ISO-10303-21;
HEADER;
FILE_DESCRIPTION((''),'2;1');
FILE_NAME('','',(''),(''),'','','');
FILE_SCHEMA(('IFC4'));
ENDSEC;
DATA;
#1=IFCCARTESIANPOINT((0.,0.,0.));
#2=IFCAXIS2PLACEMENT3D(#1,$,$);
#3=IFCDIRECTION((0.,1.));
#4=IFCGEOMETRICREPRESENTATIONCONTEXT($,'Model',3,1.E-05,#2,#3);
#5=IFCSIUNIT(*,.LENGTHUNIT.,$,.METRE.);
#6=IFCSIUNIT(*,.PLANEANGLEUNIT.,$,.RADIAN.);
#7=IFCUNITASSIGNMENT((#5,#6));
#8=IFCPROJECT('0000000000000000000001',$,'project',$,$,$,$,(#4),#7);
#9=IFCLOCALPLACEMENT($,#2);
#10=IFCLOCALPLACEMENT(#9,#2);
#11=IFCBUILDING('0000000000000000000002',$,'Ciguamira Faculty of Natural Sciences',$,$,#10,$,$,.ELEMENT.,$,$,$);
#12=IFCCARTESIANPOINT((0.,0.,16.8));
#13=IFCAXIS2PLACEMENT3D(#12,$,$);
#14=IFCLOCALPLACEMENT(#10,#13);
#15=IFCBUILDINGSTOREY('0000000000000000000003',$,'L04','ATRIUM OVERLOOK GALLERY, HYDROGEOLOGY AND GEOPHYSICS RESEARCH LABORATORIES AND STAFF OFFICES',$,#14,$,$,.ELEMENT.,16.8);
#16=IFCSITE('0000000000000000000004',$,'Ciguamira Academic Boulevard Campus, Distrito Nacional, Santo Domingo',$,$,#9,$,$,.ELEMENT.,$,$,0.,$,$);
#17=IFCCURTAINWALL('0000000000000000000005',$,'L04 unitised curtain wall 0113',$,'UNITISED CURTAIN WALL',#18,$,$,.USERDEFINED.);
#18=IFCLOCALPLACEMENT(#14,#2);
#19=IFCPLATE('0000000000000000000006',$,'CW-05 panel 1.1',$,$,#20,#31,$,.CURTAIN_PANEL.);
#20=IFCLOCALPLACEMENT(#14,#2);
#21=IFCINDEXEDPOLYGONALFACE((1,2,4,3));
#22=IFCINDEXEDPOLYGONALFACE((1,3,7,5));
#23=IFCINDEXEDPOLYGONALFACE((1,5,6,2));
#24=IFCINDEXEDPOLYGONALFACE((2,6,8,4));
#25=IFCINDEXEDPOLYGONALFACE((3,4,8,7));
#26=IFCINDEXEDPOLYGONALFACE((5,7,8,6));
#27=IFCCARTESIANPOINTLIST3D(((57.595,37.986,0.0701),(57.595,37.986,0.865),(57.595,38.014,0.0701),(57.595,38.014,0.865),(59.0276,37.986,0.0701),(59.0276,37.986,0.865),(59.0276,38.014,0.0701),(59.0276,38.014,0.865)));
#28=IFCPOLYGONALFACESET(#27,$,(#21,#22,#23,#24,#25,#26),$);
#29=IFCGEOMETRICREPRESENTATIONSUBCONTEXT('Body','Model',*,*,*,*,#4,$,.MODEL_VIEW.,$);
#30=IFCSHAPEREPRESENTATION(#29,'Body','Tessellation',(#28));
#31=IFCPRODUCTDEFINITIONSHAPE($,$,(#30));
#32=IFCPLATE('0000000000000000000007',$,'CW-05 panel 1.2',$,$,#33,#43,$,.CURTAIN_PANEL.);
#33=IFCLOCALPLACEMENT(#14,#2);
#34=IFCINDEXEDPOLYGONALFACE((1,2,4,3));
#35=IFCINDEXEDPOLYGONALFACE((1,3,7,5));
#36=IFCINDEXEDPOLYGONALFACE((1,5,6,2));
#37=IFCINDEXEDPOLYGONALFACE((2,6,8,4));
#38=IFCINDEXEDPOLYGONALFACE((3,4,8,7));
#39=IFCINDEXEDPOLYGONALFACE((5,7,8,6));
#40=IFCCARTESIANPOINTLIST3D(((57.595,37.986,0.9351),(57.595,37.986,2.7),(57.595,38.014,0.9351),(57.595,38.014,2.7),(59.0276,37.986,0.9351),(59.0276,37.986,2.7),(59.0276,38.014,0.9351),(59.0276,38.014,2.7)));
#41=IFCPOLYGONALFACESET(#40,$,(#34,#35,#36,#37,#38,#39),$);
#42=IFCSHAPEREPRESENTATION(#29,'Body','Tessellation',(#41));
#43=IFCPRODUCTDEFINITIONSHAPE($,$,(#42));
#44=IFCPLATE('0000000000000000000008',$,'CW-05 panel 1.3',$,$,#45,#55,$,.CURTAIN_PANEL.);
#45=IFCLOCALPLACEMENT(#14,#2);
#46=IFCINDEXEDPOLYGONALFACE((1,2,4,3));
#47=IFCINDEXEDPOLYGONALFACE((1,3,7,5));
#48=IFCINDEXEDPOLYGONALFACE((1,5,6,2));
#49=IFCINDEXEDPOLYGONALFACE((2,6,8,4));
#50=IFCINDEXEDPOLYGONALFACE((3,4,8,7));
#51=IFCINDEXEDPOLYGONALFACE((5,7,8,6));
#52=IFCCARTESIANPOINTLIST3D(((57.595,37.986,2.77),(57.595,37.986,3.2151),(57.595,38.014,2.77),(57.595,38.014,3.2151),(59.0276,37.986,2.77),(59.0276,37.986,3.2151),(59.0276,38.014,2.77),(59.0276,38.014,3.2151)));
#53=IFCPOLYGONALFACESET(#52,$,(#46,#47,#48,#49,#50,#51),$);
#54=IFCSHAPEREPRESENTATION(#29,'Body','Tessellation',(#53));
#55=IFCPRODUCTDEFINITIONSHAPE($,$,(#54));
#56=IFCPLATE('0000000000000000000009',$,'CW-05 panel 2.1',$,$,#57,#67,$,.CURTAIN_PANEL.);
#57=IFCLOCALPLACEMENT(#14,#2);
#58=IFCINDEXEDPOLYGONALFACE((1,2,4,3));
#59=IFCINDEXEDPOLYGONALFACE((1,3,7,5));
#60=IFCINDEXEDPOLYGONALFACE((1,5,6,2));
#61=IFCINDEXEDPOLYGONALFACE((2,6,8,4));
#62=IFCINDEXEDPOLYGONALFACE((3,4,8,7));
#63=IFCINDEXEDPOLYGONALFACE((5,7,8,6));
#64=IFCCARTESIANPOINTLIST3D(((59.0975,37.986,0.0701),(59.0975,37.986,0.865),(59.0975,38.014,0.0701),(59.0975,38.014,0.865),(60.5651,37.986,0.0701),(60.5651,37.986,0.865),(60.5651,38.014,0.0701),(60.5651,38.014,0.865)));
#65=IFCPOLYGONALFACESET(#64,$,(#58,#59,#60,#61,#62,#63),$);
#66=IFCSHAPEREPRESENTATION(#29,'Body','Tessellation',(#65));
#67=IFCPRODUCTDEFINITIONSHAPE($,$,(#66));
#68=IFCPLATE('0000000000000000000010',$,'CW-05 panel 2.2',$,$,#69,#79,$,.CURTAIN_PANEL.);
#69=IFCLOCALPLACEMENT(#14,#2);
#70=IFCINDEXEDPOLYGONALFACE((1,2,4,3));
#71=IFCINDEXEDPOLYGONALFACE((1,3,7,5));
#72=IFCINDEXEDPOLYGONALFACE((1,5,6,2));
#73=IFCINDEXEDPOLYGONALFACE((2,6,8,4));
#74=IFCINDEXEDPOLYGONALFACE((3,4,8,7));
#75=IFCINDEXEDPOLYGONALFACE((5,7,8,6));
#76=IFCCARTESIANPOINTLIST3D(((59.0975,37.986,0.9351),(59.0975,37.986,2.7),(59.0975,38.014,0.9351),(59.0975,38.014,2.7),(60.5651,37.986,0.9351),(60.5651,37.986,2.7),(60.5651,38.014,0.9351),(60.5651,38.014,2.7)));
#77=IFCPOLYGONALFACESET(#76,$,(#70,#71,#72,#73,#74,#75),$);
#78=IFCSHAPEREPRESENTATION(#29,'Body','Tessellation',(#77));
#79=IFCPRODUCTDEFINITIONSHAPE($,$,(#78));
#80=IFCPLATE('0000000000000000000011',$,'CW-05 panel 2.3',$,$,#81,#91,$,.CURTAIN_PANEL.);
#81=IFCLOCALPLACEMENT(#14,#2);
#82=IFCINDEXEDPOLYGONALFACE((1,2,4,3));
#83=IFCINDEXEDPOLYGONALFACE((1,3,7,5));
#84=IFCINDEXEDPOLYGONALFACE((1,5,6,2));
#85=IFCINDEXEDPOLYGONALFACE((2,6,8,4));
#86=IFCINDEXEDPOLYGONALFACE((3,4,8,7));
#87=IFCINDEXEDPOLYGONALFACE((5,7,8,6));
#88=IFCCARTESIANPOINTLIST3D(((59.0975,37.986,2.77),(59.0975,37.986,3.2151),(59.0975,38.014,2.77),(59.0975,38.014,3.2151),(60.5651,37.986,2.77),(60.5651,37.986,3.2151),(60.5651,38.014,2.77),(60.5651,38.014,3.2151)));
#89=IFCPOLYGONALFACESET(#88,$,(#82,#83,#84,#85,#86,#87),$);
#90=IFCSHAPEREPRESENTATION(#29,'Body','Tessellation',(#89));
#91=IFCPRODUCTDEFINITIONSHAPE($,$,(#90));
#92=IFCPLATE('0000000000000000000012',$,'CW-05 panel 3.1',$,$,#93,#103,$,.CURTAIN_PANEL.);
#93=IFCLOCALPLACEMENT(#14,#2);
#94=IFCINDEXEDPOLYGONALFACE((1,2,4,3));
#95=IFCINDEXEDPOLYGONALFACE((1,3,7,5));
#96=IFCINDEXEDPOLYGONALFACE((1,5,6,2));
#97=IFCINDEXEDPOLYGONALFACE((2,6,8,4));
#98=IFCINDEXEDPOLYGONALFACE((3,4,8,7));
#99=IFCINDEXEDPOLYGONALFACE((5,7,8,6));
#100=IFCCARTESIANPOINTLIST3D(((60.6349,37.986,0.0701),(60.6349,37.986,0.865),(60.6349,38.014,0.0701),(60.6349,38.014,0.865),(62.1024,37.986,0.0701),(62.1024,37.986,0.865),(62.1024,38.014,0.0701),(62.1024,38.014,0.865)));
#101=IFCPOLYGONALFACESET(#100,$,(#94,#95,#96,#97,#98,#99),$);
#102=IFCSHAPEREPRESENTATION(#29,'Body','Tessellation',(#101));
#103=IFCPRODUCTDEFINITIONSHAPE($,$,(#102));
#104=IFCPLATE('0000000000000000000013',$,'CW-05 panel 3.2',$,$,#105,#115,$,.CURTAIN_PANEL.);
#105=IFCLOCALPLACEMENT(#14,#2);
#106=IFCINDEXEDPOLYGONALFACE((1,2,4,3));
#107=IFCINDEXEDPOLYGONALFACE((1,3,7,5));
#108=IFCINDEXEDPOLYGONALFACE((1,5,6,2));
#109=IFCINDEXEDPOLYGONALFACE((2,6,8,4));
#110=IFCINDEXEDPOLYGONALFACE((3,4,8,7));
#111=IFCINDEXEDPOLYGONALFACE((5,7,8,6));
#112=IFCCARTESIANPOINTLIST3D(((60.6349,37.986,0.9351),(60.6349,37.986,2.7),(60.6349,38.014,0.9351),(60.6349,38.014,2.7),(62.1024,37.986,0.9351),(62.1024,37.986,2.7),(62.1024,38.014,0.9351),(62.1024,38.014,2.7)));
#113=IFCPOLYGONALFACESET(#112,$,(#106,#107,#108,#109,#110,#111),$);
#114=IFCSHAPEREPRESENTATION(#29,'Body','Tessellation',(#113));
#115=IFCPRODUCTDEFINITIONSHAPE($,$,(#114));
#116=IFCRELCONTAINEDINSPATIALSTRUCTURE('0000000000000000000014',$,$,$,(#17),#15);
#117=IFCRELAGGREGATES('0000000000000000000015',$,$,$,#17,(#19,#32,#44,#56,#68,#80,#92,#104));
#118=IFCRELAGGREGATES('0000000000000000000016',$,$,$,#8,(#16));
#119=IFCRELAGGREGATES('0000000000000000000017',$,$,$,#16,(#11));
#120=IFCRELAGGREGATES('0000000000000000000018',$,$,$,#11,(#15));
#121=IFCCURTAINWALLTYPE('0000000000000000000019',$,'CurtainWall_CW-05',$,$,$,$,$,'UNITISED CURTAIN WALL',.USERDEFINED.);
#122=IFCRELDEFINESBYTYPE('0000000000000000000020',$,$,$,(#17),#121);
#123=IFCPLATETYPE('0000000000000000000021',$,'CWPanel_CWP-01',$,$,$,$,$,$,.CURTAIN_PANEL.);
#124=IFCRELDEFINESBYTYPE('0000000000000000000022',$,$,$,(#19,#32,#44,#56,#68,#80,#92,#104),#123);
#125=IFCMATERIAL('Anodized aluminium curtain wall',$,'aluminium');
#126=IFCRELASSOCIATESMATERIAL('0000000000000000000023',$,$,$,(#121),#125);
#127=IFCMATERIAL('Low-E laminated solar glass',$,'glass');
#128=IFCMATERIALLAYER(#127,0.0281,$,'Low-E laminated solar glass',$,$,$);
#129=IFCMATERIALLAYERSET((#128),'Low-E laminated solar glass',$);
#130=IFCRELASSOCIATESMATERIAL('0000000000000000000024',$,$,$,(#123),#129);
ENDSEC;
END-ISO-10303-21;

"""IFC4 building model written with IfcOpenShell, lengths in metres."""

from ifc_helpers import new_model, si_unit, direction, frame, origin, origin_2d, place, context, subcontext, project, spatial, rectangle, extrude, material, layer, layer_set, type_object, element, aggregate, save


model = new_model("IFC4")

# Units and contexts
model_context = context("Model", 3, precision=1e-05, world=origin(), true_north=direction((0.0, 1.0)))
body_context = subcontext(model_context, "Body", "Model", "MODEL_VIEW")
ifc_project = project(units=[si_unit("LENGTHUNIT", "METRE"), si_unit("PLANEANGLEUNIT", "RADIAN")], contexts=[model_context])

# Site, building, storey
site_placement = place(None, origin())
site = spatial("IfcSite", under=ifc_project, at=site_placement, Name="Ciguamira Academic Boulevard Campus, Distrito Nacional, Santo Domingo", CompositionType="ELEMENT", RefElevation=0.0)
building_placement = place(site_placement, origin())
building = spatial("IfcBuilding", under=site, at=building_placement, Name="Ciguamira Faculty of Natural Sciences", CompositionType="ELEMENT")
storey_placement = place(building_placement, frame((0.0, 0.0, 16.8)))
storey = spatial("IfcBuildingStorey", under=building, at=storey_placement, Name="L04", Description="ATRIUM OVERLOOK GALLERY, HYDROGEOLOGY AND GEOPHYSICS RESEARCH LABORATORIES AND STAFF OFFICES", CompositionType="ELEMENT", Elevation=16.8)

# Curtain wall, plates
ifc_material_1 = material(Name="Anodized aluminium curtain wall", Category="aluminium")
curtain_wall_type = type_object("IfcCurtainWallType", Name="CurtainWall_CW-05", ElementType="UNITISED CURTAIN WALL", PredefinedType="USERDEFINED", material=ifc_material_1)
curtain_wall_placement = place(storey_placement, origin())
curtain_wall = element("IfcCurtainWall", 1, at=curtain_wall_placement, inside=storey, type_object=curtain_wall_type, Name="L04 unitised curtain wall 0113", ObjectType="UNITISED CURTAIN WALL", PredefinedType="USERDEFINED")
ifc_material_2 = material(Name="Low-E laminated solar glass", Category="glass")
ifc_layer = layer(ifc_material_2, 0.0281, Name="Low-E laminated solar glass")
ifc_layer_set = layer_set([ifc_layer], Name="Low-E laminated solar glass")
plate_type = type_object("IfcPlateType", Name="CWPanel_CWP-01", PredefinedType="CURTAIN_PANEL", material=ifc_layer_set)
plate_1_placement = place(storey_placement, frame((58.3113, 38.0, 0.0701), z_axis=(0.0, 0.0, 1.0), x_axis=(1.0, 0.0, 0.0)))
plate_1 = element("IfcPlate", 2, at=plate_1_placement, type_object=plate_type, Name="CW-05 panel 1.1", PredefinedType="CURTAIN_PANEL", context=body_context, shape_type="SweptSolid", body=[
    extrude(rectangle(XDim=1.4326, YDim=0.0281, at=origin_2d()), origin(), (0.0, 0.0, 1.0), 0.7949),
])
plate_2_placement = place(storey_placement, frame((58.3113, 38.0, 0.9351), z_axis=(0.0, 0.0, 1.0), x_axis=(1.0, 0.0, 0.0)))
plate_2 = element("IfcPlate", 3, at=plate_2_placement, type_object=plate_type, Name="CW-05 panel 1.2", PredefinedType="CURTAIN_PANEL", context=body_context, shape_type="SweptSolid", body=[
    extrude(rectangle(XDim=1.4326, YDim=0.0281, at=origin_2d()), origin(), (0.0, 0.0, 1.0), 1.7649),
])
plate_3_placement = place(storey_placement, frame((58.3113, 38.0, 2.77), z_axis=(0.0, 0.0, 1.0), x_axis=(1.0, 0.0, 0.0)))
plate_3 = element("IfcPlate", 4, at=plate_3_placement, type_object=plate_type, Name="CW-05 panel 1.3", PredefinedType="CURTAIN_PANEL", context=body_context, shape_type="SweptSolid", body=[
    extrude(rectangle(XDim=1.4326, YDim=0.0281, at=origin_2d()), origin(), (0.0, 0.0, 1.0), 0.4451),
])
plate_4_placement = place(storey_placement, frame((59.8313, 38.0, 0.0701), z_axis=(0.0, 0.0, 1.0), x_axis=(1.0, 0.0, 0.0)))
plate_4 = element("IfcPlate", 5, at=plate_4_placement, type_object=plate_type, Name="CW-05 panel 2.1", PredefinedType="CURTAIN_PANEL", context=body_context, shape_type="SweptSolid", body=[
    extrude(rectangle(XDim=1.4675, YDim=0.0281, at=origin_2d()), origin(), (0.0, 0.0, 1.0), 0.7949),
])
plate_5_placement = place(storey_placement, frame((59.8313, 38.0, 0.9351), z_axis=(0.0, 0.0, 1.0), x_axis=(1.0, 0.0, 0.0)))
plate_5 = element("IfcPlate", 6, at=plate_5_placement, type_object=plate_type, Name="CW-05 panel 2.2", PredefinedType="CURTAIN_PANEL", context=body_context, shape_type="SweptSolid", body=[
    extrude(rectangle(XDim=1.4675, YDim=0.0281, at=origin_2d()), origin(), (0.0, 0.0, 1.0), 1.7649),
])
plate_6_placement = place(storey_placement, frame((59.8313, 38.0, 2.77), z_axis=(0.0, 0.0, 1.0), x_axis=(1.0, 0.0, 0.0)))
plate_6 = element("IfcPlate", 7, at=plate_6_placement, type_object=plate_type, Name="CW-05 panel 2.3", PredefinedType="CURTAIN_PANEL", context=body_context, shape_type="SweptSolid", body=[
    extrude(rectangle(XDim=1.4675, YDim=0.0281, at=origin_2d()), origin(), (0.0, 0.0, 1.0), 0.4451),
])
plate_7_placement = place(storey_placement, frame((61.3687, 38.0, 0.0701), z_axis=(0.0, 0.0, 1.0), x_axis=(1.0, 0.0, 0.0)))
plate_7 = element("IfcPlate", 8, at=plate_7_placement, type_object=plate_type, Name="CW-05 panel 3.1", PredefinedType="CURTAIN_PANEL", context=body_context, shape_type="SweptSolid", body=[
    extrude(rectangle(XDim=1.4675, YDim=0.0281, at=origin_2d()), origin(), (0.0, 0.0, 1.0), 0.7949),
])
plate_8_placement = place(storey_placement, frame((61.3687, 38.0, 0.9351), z_axis=(0.0, 0.0, 1.0), x_axis=(1.0, 0.0, 0.0)))
plate_8 = element("IfcPlate", 9, at=plate_8_placement, type_object=plate_type, Name="CW-05 panel 3.2", PredefinedType="CURTAIN_PANEL", context=body_context, shape_type="SweptSolid", body=[
    extrude(rectangle(XDim=1.4675, YDim=0.0281, at=origin_2d()), origin(), (0.0, 0.0, 1.0), 1.7649),
])
aggregate(curtain_wall, [plate_1, plate_2, plate_3, plate_4, plate_5, plate_6, plate_7, plate_8])

save(model, "model.ifc")
